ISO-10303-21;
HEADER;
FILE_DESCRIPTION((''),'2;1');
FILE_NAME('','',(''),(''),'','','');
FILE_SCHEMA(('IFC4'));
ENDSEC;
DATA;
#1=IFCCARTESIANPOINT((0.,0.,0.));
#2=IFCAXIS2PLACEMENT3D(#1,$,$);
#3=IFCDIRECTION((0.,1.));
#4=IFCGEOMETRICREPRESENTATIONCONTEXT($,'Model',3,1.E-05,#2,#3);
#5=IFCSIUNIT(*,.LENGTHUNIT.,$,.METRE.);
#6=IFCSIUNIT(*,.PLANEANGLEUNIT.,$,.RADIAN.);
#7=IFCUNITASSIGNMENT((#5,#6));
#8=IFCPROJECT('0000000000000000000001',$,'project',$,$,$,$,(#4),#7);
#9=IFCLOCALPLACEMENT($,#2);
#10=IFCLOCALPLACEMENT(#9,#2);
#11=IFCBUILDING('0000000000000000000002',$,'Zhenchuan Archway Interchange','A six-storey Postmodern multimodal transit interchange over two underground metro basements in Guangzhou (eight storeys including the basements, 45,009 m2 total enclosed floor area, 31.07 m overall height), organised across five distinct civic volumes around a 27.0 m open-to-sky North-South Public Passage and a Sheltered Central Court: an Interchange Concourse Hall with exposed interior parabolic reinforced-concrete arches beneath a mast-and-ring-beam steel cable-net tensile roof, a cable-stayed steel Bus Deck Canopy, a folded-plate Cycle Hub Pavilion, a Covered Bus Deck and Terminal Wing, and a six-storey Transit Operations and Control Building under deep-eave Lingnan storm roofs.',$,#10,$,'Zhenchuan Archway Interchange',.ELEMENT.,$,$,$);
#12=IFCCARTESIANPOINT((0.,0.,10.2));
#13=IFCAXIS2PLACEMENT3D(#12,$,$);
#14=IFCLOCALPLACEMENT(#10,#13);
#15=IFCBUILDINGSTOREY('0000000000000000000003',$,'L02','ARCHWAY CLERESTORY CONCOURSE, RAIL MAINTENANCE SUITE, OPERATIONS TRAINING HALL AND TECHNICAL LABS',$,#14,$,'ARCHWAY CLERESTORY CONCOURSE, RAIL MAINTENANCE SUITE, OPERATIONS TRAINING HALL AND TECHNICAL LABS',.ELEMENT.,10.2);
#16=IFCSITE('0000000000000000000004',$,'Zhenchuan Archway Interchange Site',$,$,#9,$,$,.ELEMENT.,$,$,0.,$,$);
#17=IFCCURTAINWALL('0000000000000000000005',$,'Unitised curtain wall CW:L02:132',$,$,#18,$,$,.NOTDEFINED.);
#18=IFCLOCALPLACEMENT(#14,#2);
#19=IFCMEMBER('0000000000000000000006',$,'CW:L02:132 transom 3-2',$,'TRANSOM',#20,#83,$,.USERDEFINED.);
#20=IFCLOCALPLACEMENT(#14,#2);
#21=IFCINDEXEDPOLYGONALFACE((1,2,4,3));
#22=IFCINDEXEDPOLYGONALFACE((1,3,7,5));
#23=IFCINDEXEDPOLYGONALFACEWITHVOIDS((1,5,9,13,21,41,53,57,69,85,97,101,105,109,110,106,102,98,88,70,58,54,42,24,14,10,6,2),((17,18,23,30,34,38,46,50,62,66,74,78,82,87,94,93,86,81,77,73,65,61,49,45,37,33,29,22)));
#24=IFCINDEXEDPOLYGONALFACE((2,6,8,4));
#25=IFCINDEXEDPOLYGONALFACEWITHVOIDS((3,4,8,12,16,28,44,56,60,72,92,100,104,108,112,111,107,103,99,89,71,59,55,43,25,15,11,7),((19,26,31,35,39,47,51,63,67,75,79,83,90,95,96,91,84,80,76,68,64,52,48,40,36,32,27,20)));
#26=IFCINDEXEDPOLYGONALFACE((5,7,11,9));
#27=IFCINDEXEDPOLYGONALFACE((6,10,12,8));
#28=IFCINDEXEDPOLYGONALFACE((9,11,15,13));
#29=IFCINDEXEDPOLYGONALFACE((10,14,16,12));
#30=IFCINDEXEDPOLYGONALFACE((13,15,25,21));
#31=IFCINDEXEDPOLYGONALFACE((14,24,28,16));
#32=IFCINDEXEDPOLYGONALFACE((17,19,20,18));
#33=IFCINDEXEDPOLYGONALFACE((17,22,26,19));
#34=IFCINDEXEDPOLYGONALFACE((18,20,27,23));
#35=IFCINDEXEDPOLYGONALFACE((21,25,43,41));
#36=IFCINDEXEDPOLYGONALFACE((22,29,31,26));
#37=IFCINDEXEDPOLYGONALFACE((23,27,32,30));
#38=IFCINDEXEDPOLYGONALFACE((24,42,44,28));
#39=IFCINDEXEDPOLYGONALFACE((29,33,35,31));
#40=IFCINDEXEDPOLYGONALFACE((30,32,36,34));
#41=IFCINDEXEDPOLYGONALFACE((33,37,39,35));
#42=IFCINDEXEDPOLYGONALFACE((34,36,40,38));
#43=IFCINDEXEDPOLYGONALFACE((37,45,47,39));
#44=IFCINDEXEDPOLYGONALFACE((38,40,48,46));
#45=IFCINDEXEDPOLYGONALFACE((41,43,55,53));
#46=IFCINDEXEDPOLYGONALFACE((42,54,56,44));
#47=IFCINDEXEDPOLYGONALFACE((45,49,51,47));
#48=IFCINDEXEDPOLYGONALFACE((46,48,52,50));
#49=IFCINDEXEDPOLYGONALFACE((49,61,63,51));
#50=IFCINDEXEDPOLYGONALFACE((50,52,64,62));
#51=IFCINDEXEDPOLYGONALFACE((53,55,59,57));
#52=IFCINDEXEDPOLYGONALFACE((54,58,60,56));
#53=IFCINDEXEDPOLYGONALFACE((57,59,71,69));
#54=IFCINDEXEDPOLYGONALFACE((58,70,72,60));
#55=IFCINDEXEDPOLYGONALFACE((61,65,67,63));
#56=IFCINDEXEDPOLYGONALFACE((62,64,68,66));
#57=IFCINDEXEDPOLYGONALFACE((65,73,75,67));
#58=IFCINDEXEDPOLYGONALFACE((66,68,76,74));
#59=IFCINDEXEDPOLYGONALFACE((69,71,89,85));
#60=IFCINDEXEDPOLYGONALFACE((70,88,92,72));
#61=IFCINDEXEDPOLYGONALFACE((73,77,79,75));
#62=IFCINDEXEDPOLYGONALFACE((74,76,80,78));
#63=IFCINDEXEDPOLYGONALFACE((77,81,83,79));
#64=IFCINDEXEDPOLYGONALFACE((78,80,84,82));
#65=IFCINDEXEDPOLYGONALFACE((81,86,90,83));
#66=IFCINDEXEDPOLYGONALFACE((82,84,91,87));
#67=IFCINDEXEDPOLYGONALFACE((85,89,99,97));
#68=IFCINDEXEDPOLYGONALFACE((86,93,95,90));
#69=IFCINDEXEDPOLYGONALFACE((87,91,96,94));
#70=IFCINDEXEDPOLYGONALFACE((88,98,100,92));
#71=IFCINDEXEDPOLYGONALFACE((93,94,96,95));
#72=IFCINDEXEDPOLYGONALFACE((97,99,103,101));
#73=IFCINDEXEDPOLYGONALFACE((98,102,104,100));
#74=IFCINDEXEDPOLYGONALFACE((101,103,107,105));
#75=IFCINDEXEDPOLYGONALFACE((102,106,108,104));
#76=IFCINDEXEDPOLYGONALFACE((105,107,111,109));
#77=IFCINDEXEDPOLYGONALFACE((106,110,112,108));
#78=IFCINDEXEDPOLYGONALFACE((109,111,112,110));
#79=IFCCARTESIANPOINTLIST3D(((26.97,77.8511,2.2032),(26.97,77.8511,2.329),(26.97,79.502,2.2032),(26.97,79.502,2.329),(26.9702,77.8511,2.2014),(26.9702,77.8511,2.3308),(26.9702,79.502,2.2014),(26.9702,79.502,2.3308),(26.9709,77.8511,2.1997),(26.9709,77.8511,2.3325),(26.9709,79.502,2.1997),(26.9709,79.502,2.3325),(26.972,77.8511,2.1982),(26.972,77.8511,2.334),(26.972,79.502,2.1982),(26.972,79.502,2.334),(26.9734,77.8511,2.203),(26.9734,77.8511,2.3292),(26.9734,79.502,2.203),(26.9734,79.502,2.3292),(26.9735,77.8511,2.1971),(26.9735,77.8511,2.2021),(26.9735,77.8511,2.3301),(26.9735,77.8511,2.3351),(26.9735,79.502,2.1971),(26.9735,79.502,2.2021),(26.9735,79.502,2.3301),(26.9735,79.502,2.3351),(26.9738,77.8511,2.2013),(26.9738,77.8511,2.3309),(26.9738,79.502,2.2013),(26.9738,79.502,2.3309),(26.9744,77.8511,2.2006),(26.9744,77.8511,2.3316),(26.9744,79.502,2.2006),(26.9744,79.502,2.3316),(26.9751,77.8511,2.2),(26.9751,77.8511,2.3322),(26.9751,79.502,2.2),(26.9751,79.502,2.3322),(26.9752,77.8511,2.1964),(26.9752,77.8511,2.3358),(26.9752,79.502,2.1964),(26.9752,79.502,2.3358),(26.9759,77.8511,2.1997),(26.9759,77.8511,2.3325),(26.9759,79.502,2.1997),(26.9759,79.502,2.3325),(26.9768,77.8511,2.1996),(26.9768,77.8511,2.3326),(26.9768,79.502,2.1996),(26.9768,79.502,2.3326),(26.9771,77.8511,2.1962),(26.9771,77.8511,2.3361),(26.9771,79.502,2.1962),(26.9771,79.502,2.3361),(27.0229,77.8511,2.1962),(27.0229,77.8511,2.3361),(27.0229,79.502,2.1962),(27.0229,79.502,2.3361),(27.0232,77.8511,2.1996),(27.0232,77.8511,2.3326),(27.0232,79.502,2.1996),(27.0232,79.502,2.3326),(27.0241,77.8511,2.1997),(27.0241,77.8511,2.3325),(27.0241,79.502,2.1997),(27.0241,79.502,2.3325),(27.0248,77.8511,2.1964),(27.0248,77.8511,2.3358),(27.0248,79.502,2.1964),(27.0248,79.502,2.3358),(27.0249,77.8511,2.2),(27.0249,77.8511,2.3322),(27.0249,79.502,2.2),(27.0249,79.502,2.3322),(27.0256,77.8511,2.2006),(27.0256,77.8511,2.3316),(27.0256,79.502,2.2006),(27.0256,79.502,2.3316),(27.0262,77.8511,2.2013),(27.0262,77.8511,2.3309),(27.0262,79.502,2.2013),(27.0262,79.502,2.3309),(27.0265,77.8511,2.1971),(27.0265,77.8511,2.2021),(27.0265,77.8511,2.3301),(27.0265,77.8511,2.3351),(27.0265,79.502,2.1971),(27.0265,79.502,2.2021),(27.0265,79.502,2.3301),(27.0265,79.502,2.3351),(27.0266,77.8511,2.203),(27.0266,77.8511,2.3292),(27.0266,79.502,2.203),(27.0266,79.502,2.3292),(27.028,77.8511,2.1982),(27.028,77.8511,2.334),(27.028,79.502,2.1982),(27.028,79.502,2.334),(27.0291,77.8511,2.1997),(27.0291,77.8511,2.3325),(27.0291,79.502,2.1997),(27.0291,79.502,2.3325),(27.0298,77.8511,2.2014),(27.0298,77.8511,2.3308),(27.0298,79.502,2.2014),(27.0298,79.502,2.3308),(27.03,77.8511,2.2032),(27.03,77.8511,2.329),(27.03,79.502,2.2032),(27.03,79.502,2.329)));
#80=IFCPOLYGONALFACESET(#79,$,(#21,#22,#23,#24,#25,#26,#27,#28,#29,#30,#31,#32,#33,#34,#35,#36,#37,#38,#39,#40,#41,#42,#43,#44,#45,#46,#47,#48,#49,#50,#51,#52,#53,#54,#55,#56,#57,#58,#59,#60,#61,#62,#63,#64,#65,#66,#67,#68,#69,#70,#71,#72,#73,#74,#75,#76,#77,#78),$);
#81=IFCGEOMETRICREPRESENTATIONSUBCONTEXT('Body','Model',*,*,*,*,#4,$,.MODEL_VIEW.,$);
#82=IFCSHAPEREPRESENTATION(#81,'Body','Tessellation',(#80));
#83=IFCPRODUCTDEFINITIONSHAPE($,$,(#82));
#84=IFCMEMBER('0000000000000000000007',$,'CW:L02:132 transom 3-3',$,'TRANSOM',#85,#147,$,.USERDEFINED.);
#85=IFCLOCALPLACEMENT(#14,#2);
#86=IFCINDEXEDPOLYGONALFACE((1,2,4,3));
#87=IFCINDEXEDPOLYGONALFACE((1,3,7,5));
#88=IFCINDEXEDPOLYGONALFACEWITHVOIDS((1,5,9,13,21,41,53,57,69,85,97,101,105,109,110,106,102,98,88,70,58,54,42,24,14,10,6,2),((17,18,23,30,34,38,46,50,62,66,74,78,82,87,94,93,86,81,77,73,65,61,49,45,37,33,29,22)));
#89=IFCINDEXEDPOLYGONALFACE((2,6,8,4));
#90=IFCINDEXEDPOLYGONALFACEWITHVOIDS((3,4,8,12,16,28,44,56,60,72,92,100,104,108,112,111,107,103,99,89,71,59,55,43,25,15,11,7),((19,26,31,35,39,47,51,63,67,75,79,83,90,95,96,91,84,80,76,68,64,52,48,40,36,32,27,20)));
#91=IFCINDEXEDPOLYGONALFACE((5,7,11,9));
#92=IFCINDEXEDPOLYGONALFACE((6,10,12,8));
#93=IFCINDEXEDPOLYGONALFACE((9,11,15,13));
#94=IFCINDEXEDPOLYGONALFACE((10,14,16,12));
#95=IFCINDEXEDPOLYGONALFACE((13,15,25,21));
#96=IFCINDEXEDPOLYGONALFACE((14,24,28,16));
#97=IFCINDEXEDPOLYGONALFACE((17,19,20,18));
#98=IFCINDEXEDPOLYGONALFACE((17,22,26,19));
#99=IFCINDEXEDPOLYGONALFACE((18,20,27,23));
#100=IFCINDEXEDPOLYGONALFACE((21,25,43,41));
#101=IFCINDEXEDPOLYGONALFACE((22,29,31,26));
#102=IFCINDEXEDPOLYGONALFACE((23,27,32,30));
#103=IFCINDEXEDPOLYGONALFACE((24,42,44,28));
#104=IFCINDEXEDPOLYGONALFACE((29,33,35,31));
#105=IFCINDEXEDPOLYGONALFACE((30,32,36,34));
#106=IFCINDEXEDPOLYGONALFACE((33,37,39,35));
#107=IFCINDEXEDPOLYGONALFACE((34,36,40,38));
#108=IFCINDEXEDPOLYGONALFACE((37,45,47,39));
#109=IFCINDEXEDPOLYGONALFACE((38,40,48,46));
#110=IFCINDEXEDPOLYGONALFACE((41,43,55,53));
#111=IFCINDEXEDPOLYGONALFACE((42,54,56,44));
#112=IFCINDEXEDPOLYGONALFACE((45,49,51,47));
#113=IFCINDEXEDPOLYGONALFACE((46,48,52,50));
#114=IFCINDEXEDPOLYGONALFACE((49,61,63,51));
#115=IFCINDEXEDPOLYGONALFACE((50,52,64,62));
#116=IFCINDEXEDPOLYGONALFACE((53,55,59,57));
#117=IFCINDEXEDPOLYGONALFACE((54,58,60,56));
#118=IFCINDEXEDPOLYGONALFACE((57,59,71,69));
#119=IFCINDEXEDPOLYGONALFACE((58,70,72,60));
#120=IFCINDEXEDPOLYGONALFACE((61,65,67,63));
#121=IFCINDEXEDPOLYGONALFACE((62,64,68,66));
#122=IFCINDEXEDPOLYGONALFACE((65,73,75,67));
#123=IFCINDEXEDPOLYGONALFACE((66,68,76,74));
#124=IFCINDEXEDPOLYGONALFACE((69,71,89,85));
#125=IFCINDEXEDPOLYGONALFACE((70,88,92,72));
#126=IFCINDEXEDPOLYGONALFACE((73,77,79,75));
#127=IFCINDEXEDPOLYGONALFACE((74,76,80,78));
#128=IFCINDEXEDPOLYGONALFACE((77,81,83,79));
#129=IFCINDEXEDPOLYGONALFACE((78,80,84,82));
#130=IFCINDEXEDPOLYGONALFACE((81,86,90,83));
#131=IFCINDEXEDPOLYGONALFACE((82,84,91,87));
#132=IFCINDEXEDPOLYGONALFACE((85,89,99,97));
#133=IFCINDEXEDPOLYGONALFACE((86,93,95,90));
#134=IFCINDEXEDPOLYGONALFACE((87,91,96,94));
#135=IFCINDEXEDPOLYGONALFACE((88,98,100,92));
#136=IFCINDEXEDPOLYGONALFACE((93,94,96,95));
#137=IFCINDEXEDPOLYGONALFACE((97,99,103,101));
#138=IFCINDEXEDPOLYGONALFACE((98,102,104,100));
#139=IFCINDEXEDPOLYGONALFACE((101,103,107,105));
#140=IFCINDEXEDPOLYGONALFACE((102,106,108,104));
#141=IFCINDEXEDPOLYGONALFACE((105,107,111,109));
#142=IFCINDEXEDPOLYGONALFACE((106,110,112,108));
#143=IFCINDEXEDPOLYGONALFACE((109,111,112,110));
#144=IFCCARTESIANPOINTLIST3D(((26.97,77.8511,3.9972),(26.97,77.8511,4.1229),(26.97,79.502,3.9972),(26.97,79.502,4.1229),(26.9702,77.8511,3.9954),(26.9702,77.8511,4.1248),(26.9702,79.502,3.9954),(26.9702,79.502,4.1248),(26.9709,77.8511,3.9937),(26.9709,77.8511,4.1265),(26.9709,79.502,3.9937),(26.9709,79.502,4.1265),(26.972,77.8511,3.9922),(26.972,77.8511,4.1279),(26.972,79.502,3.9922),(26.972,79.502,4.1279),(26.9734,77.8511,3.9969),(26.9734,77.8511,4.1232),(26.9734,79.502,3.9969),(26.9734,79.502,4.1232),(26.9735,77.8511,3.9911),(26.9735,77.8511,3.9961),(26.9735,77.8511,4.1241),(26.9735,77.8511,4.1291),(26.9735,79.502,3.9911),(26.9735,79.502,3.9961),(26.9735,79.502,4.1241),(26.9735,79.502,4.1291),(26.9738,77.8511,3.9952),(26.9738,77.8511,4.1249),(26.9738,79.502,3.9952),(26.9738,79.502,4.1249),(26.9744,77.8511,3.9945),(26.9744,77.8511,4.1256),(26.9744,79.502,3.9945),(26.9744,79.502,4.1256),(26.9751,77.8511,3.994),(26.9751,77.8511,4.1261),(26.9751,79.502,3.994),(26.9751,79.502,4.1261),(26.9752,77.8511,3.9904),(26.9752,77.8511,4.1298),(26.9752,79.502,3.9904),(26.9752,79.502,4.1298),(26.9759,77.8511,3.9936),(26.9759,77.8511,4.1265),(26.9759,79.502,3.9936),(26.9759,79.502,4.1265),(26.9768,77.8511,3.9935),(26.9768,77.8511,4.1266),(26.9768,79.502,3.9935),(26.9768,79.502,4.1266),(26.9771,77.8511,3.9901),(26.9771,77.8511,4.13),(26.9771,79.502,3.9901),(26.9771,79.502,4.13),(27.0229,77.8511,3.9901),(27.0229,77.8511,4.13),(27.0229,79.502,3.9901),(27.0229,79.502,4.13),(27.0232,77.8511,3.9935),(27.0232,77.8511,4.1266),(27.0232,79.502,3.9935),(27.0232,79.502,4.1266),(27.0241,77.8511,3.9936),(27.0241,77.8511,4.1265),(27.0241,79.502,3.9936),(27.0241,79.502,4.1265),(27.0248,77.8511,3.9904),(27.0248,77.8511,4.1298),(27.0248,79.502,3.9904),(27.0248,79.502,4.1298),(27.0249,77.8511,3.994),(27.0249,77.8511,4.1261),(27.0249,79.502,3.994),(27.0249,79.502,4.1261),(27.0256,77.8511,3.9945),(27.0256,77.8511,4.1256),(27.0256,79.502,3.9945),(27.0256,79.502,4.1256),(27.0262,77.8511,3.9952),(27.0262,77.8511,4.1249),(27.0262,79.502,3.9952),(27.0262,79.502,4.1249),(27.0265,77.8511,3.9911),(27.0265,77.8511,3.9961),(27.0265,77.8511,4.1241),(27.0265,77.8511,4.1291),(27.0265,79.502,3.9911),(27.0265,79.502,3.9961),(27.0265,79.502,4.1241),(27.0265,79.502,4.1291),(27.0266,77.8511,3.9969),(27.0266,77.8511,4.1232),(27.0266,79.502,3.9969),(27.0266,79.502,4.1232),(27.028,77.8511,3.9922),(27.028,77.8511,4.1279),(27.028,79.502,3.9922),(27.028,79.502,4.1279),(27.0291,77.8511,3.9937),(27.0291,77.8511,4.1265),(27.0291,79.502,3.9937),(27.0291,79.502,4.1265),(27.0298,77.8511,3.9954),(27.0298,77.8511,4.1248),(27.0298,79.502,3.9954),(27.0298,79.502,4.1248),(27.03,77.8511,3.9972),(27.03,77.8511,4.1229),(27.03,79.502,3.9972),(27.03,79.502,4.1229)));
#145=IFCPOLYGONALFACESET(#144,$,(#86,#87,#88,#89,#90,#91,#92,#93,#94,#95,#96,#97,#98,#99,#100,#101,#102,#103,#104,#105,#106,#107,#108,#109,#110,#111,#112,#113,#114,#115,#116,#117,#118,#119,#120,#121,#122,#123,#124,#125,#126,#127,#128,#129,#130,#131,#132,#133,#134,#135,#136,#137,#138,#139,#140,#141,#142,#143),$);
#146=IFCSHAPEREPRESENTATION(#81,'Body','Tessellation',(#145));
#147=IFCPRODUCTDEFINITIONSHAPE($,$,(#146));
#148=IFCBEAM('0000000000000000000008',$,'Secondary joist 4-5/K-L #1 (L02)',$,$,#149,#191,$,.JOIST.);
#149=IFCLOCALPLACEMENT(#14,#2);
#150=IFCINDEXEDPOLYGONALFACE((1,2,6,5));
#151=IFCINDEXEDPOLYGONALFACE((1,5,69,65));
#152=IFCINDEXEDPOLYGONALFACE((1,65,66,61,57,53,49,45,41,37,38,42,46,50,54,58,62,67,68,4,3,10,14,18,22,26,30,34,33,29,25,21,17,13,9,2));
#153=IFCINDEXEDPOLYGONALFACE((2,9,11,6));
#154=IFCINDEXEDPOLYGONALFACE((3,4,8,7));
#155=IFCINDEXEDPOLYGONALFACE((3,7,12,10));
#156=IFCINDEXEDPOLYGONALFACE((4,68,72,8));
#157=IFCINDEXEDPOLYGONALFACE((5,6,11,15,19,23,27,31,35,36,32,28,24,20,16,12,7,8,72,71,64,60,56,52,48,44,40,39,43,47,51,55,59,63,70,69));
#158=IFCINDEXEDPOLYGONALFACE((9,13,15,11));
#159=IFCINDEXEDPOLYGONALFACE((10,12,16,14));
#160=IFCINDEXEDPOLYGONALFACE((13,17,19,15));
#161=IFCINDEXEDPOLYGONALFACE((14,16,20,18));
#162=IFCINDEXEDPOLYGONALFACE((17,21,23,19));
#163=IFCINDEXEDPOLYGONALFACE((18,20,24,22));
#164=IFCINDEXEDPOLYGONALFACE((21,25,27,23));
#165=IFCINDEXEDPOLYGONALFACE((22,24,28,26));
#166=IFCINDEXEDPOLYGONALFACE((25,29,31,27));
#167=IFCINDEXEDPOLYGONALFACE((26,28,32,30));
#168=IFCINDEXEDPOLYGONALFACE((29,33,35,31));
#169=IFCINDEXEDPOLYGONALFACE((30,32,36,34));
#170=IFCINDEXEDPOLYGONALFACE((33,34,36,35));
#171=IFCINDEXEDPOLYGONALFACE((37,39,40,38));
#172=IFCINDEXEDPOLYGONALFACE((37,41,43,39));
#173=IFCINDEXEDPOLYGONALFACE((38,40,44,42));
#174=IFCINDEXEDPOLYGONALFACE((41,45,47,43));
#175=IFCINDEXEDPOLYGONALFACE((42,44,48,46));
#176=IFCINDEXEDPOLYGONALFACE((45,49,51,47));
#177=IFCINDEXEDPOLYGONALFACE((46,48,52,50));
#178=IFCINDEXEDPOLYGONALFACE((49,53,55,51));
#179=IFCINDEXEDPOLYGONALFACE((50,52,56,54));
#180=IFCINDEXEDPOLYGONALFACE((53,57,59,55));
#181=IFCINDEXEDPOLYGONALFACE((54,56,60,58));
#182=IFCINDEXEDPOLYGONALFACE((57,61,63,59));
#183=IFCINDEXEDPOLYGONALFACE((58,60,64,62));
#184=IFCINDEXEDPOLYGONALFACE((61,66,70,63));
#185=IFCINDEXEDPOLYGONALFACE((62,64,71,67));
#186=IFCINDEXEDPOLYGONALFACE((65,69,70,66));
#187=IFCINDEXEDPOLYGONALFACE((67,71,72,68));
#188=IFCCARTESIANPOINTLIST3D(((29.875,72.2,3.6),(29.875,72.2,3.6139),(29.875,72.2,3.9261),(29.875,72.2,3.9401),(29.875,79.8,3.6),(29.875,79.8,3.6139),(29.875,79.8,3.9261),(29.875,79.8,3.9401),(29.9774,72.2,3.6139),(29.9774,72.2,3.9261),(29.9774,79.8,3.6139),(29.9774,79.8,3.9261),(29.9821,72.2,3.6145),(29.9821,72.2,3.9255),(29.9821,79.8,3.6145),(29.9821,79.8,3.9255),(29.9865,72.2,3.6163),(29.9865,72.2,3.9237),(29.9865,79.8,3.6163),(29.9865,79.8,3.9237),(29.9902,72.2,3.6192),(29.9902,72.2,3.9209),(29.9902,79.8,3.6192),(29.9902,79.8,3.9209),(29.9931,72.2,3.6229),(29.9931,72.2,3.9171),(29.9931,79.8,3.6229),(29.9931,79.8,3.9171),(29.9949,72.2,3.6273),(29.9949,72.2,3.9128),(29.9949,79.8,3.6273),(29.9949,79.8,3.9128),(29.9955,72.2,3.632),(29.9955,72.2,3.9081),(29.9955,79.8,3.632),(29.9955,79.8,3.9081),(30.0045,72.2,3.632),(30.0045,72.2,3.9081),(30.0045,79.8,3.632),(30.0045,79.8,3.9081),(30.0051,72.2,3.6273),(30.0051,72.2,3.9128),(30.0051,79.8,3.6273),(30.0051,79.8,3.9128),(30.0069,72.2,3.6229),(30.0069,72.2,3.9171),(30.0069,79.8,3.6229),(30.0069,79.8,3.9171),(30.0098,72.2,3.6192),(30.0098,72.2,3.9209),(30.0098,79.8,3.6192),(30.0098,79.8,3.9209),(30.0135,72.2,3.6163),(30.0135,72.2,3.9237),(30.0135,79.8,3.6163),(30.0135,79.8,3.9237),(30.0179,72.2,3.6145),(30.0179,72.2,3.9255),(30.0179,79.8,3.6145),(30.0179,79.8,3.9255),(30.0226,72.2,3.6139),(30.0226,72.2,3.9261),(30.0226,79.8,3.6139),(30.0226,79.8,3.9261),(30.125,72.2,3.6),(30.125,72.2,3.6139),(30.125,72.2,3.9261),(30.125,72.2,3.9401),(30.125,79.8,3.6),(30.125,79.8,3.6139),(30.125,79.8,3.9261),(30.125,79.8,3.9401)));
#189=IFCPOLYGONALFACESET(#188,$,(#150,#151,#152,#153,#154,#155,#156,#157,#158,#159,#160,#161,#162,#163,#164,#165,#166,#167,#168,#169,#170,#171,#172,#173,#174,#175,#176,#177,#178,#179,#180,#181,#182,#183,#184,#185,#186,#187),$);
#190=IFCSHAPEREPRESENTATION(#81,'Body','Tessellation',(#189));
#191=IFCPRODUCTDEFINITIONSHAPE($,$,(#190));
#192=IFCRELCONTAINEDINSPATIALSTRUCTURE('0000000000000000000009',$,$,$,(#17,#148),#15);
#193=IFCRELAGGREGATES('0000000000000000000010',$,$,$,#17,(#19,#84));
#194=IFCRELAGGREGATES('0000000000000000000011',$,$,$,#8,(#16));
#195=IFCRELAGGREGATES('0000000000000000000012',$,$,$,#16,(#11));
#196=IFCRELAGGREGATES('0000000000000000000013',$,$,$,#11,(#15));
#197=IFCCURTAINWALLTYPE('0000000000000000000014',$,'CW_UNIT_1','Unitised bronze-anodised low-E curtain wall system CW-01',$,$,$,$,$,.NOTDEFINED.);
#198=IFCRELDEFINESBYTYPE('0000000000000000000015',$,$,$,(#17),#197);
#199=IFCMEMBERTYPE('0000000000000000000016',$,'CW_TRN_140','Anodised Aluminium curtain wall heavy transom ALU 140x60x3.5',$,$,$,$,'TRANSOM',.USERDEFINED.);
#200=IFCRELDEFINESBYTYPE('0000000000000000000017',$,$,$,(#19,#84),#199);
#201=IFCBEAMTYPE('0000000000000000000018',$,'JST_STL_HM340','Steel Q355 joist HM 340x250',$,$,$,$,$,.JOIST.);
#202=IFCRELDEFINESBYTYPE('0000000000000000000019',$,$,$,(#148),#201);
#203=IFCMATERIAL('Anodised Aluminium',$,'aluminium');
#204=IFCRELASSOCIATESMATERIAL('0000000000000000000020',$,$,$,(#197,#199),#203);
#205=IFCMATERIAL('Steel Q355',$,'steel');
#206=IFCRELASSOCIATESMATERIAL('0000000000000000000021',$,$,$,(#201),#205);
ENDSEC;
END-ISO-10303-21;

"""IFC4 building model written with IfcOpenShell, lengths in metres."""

from ifc_helpers import new_model, si_unit, direction, frame, origin, origin_2d, place, context, subcontext, project, spatial, hollow_rectangle, i_section, extrude, material, material_profile, profile_set, type_object, element, aggregate, save


model = new_model("IFC4")

# Units and contexts
model_context = context("Model", 3, precision=1e-05, world=origin(), true_north=direction((0.0, 1.0)))
body_context = subcontext(model_context, "Body", "Model", "MODEL_VIEW")
ifc_project = project(units=[si_unit("LENGTHUNIT", "METRE"), si_unit("PLANEANGLEUNIT", "RADIAN")], contexts=[model_context])

# Site, building, storey
site_placement = place(None, origin())
site = spatial("IfcSite", under=ifc_project, at=site_placement, Name="Zhenchuan Archway Interchange Site", CompositionType="ELEMENT", RefElevation=0.0)
building_placement = place(site_placement, origin())
building = spatial("IfcBuilding", under=site, at=building_placement, Name="Zhenchuan Archway Interchange", Description="A six-storey Postmodern multimodal transit interchange over two underground metro basements in Guangzhou (eight storeys including the basements, 45,009 m2 total enclosed floor area, 31.07 m overall height), organised across five distinct civic volumes around a 27.0 m open-to-sky North-South Public Passage and a Sheltered Central Court: an Interchange Concourse Hall with exposed interior parabolic reinforced-concrete arches beneath a mast-and-ring-beam steel cable-net tensile roof, a cable-stayed steel Bus Deck Canopy, a folded-plate Cycle Hub Pavilion, a Covered Bus Deck and Terminal Wing, and a six-storey Transit Operations and Control Building under deep-eave Lingnan storm roofs.", LongName="Zhenchuan Archway Interchange", CompositionType="ELEMENT")
storey_placement = place(building_placement, frame((0.0, 0.0, 10.2)))
storey = spatial("IfcBuildingStorey", under=building, at=storey_placement, Name="L02", Description="ARCHWAY CLERESTORY CONCOURSE, RAIL MAINTENANCE SUITE, OPERATIONS TRAINING HALL AND TECHNICAL LABS", LongName="ARCHWAY CLERESTORY CONCOURSE, RAIL MAINTENANCE SUITE, OPERATIONS TRAINING HALL AND TECHNICAL LABS", CompositionType="ELEMENT", Elevation=10.2)

# Curtain wall, members
ifc_material_1 = material(Name="Anodised Aluminium", Category="aluminium")
curtain_wall_type = type_object("IfcCurtainWallType", Name="CW_UNIT_1", Description="Unitised bronze-anodised low-E curtain wall system CW-01", PredefinedType="NOTDEFINED", material=ifc_material_1)
curtain_wall_placement = place(storey_placement, origin())
curtain_wall = element("IfcCurtainWall", 1, at=curtain_wall_placement, inside=storey, type_object=curtain_wall_type, Name="Unitised curtain wall CW:L02:132", PredefinedType="NOTDEFINED")
ifc_material_profile_1 = material_profile(ifc_material_1, hollow_rectangle(XDim=0.0601, YDim=0.1399, WallThickness=0.0034, InnerFilletRadius=0.0034, OuterFilletRadius=0.0071, at=origin_2d()), Name="ALU 140x60x3.5")
ifc_profile_set_1 = profile_set([ifc_material_profile_1], Name="Anodised Aluminium")
member_type_1 = type_object("IfcMemberType", Name="CW_TRN_140", Description="Anodised Aluminium curtain wall heavy transom ALU 140x60x3.5", ElementType="TRANSOM", PredefinedType="USERDEFINED", material=ifc_profile_set_1)
member_1_placement = place(storey_placement, frame((27.0, 77.8511, 2.2661), z_axis=(0.0, 1.0, 0.0), x_axis=(-1.0, 0.0, 0.0)))
member_1 = element("IfcMember", 2, at=member_1_placement, type_object=member_type_1, Name="CW:L02:132 transom 3-2", ObjectType="TRANSOM", PredefinedType="USERDEFINED", context=body_context, shape_type="SweptSolid", body=[
    extrude(hollow_rectangle(XDim=0.0601, YDim=0.1399, WallThickness=0.0034, InnerFilletRadius=0.0034, OuterFilletRadius=0.0071, at=origin_2d()), origin(), (0.0, 0.0, 1.0), 1.6509),
])
member_2_placement = place(storey_placement, frame((27.0, 77.8511, 4.0601), z_axis=(0.0, 1.0, 0.0), x_axis=(-1.0, 0.0, 0.0)))
member_2 = element("IfcMember", 3, at=member_2_placement, type_object=member_type_1, Name="CW:L02:132 transom 3-3", ObjectType="TRANSOM", PredefinedType="USERDEFINED", context=body_context, shape_type="SweptSolid", body=[
    extrude(hollow_rectangle(XDim=0.0601, YDim=0.1399, WallThickness=0.0034, InnerFilletRadius=0.0034, OuterFilletRadius=0.0071, at=origin_2d()), origin(), (0.0, 0.0, 1.0), 1.6509),
])

# Beam
ifc_material_2 = material(Name="Steel Q355", Category="steel")
ifc_material_profile_2 = material_profile(ifc_material_2, i_section(OverallWidth=0.25, OverallDepth=0.3401, WebThickness=0.009, FlangeThickness=0.0139, FilletRadius=0.0181, at=origin_2d()), Name="HM 340x250")
ifc_profile_set_2 = profile_set([ifc_material_profile_2], Name="Steel Q355")
beam_type_1 = type_object("IfcBeamType", Name="JST_STL_HM340", Description="Steel Q355 joist HM 340x250", PredefinedType="JOIST", material=ifc_profile_set_2)
for number, where, z_axis, x_axis, name in (
    (4, (30.0, 72.2, 3.77), (0.0, 1.0, 0.0), (-1.0, 0.0, 0.0), "Secondary joist 4-5/K-L #1 (L02)"),
):
    element("IfcBeam", number, at=place(storey_placement, frame(where, z_axis=z_axis, x_axis=x_axis)), inside=storey, type_object=beam_type_1, Name=name, PredefinedType="JOIST", context=body_context, shape_type="SweptSolid", body=[
        extrude(i_section(OverallWidth=0.25, OverallDepth=0.3401, WebThickness=0.009, FlangeThickness=0.0139, FilletRadius=0.0181, at=origin_2d()), origin(), (0.0, 0.0, 1.0), 7.6001),
    ])

aggregate(curtain_wall, [member_1, member_2])

save(model, "model.ifc")
